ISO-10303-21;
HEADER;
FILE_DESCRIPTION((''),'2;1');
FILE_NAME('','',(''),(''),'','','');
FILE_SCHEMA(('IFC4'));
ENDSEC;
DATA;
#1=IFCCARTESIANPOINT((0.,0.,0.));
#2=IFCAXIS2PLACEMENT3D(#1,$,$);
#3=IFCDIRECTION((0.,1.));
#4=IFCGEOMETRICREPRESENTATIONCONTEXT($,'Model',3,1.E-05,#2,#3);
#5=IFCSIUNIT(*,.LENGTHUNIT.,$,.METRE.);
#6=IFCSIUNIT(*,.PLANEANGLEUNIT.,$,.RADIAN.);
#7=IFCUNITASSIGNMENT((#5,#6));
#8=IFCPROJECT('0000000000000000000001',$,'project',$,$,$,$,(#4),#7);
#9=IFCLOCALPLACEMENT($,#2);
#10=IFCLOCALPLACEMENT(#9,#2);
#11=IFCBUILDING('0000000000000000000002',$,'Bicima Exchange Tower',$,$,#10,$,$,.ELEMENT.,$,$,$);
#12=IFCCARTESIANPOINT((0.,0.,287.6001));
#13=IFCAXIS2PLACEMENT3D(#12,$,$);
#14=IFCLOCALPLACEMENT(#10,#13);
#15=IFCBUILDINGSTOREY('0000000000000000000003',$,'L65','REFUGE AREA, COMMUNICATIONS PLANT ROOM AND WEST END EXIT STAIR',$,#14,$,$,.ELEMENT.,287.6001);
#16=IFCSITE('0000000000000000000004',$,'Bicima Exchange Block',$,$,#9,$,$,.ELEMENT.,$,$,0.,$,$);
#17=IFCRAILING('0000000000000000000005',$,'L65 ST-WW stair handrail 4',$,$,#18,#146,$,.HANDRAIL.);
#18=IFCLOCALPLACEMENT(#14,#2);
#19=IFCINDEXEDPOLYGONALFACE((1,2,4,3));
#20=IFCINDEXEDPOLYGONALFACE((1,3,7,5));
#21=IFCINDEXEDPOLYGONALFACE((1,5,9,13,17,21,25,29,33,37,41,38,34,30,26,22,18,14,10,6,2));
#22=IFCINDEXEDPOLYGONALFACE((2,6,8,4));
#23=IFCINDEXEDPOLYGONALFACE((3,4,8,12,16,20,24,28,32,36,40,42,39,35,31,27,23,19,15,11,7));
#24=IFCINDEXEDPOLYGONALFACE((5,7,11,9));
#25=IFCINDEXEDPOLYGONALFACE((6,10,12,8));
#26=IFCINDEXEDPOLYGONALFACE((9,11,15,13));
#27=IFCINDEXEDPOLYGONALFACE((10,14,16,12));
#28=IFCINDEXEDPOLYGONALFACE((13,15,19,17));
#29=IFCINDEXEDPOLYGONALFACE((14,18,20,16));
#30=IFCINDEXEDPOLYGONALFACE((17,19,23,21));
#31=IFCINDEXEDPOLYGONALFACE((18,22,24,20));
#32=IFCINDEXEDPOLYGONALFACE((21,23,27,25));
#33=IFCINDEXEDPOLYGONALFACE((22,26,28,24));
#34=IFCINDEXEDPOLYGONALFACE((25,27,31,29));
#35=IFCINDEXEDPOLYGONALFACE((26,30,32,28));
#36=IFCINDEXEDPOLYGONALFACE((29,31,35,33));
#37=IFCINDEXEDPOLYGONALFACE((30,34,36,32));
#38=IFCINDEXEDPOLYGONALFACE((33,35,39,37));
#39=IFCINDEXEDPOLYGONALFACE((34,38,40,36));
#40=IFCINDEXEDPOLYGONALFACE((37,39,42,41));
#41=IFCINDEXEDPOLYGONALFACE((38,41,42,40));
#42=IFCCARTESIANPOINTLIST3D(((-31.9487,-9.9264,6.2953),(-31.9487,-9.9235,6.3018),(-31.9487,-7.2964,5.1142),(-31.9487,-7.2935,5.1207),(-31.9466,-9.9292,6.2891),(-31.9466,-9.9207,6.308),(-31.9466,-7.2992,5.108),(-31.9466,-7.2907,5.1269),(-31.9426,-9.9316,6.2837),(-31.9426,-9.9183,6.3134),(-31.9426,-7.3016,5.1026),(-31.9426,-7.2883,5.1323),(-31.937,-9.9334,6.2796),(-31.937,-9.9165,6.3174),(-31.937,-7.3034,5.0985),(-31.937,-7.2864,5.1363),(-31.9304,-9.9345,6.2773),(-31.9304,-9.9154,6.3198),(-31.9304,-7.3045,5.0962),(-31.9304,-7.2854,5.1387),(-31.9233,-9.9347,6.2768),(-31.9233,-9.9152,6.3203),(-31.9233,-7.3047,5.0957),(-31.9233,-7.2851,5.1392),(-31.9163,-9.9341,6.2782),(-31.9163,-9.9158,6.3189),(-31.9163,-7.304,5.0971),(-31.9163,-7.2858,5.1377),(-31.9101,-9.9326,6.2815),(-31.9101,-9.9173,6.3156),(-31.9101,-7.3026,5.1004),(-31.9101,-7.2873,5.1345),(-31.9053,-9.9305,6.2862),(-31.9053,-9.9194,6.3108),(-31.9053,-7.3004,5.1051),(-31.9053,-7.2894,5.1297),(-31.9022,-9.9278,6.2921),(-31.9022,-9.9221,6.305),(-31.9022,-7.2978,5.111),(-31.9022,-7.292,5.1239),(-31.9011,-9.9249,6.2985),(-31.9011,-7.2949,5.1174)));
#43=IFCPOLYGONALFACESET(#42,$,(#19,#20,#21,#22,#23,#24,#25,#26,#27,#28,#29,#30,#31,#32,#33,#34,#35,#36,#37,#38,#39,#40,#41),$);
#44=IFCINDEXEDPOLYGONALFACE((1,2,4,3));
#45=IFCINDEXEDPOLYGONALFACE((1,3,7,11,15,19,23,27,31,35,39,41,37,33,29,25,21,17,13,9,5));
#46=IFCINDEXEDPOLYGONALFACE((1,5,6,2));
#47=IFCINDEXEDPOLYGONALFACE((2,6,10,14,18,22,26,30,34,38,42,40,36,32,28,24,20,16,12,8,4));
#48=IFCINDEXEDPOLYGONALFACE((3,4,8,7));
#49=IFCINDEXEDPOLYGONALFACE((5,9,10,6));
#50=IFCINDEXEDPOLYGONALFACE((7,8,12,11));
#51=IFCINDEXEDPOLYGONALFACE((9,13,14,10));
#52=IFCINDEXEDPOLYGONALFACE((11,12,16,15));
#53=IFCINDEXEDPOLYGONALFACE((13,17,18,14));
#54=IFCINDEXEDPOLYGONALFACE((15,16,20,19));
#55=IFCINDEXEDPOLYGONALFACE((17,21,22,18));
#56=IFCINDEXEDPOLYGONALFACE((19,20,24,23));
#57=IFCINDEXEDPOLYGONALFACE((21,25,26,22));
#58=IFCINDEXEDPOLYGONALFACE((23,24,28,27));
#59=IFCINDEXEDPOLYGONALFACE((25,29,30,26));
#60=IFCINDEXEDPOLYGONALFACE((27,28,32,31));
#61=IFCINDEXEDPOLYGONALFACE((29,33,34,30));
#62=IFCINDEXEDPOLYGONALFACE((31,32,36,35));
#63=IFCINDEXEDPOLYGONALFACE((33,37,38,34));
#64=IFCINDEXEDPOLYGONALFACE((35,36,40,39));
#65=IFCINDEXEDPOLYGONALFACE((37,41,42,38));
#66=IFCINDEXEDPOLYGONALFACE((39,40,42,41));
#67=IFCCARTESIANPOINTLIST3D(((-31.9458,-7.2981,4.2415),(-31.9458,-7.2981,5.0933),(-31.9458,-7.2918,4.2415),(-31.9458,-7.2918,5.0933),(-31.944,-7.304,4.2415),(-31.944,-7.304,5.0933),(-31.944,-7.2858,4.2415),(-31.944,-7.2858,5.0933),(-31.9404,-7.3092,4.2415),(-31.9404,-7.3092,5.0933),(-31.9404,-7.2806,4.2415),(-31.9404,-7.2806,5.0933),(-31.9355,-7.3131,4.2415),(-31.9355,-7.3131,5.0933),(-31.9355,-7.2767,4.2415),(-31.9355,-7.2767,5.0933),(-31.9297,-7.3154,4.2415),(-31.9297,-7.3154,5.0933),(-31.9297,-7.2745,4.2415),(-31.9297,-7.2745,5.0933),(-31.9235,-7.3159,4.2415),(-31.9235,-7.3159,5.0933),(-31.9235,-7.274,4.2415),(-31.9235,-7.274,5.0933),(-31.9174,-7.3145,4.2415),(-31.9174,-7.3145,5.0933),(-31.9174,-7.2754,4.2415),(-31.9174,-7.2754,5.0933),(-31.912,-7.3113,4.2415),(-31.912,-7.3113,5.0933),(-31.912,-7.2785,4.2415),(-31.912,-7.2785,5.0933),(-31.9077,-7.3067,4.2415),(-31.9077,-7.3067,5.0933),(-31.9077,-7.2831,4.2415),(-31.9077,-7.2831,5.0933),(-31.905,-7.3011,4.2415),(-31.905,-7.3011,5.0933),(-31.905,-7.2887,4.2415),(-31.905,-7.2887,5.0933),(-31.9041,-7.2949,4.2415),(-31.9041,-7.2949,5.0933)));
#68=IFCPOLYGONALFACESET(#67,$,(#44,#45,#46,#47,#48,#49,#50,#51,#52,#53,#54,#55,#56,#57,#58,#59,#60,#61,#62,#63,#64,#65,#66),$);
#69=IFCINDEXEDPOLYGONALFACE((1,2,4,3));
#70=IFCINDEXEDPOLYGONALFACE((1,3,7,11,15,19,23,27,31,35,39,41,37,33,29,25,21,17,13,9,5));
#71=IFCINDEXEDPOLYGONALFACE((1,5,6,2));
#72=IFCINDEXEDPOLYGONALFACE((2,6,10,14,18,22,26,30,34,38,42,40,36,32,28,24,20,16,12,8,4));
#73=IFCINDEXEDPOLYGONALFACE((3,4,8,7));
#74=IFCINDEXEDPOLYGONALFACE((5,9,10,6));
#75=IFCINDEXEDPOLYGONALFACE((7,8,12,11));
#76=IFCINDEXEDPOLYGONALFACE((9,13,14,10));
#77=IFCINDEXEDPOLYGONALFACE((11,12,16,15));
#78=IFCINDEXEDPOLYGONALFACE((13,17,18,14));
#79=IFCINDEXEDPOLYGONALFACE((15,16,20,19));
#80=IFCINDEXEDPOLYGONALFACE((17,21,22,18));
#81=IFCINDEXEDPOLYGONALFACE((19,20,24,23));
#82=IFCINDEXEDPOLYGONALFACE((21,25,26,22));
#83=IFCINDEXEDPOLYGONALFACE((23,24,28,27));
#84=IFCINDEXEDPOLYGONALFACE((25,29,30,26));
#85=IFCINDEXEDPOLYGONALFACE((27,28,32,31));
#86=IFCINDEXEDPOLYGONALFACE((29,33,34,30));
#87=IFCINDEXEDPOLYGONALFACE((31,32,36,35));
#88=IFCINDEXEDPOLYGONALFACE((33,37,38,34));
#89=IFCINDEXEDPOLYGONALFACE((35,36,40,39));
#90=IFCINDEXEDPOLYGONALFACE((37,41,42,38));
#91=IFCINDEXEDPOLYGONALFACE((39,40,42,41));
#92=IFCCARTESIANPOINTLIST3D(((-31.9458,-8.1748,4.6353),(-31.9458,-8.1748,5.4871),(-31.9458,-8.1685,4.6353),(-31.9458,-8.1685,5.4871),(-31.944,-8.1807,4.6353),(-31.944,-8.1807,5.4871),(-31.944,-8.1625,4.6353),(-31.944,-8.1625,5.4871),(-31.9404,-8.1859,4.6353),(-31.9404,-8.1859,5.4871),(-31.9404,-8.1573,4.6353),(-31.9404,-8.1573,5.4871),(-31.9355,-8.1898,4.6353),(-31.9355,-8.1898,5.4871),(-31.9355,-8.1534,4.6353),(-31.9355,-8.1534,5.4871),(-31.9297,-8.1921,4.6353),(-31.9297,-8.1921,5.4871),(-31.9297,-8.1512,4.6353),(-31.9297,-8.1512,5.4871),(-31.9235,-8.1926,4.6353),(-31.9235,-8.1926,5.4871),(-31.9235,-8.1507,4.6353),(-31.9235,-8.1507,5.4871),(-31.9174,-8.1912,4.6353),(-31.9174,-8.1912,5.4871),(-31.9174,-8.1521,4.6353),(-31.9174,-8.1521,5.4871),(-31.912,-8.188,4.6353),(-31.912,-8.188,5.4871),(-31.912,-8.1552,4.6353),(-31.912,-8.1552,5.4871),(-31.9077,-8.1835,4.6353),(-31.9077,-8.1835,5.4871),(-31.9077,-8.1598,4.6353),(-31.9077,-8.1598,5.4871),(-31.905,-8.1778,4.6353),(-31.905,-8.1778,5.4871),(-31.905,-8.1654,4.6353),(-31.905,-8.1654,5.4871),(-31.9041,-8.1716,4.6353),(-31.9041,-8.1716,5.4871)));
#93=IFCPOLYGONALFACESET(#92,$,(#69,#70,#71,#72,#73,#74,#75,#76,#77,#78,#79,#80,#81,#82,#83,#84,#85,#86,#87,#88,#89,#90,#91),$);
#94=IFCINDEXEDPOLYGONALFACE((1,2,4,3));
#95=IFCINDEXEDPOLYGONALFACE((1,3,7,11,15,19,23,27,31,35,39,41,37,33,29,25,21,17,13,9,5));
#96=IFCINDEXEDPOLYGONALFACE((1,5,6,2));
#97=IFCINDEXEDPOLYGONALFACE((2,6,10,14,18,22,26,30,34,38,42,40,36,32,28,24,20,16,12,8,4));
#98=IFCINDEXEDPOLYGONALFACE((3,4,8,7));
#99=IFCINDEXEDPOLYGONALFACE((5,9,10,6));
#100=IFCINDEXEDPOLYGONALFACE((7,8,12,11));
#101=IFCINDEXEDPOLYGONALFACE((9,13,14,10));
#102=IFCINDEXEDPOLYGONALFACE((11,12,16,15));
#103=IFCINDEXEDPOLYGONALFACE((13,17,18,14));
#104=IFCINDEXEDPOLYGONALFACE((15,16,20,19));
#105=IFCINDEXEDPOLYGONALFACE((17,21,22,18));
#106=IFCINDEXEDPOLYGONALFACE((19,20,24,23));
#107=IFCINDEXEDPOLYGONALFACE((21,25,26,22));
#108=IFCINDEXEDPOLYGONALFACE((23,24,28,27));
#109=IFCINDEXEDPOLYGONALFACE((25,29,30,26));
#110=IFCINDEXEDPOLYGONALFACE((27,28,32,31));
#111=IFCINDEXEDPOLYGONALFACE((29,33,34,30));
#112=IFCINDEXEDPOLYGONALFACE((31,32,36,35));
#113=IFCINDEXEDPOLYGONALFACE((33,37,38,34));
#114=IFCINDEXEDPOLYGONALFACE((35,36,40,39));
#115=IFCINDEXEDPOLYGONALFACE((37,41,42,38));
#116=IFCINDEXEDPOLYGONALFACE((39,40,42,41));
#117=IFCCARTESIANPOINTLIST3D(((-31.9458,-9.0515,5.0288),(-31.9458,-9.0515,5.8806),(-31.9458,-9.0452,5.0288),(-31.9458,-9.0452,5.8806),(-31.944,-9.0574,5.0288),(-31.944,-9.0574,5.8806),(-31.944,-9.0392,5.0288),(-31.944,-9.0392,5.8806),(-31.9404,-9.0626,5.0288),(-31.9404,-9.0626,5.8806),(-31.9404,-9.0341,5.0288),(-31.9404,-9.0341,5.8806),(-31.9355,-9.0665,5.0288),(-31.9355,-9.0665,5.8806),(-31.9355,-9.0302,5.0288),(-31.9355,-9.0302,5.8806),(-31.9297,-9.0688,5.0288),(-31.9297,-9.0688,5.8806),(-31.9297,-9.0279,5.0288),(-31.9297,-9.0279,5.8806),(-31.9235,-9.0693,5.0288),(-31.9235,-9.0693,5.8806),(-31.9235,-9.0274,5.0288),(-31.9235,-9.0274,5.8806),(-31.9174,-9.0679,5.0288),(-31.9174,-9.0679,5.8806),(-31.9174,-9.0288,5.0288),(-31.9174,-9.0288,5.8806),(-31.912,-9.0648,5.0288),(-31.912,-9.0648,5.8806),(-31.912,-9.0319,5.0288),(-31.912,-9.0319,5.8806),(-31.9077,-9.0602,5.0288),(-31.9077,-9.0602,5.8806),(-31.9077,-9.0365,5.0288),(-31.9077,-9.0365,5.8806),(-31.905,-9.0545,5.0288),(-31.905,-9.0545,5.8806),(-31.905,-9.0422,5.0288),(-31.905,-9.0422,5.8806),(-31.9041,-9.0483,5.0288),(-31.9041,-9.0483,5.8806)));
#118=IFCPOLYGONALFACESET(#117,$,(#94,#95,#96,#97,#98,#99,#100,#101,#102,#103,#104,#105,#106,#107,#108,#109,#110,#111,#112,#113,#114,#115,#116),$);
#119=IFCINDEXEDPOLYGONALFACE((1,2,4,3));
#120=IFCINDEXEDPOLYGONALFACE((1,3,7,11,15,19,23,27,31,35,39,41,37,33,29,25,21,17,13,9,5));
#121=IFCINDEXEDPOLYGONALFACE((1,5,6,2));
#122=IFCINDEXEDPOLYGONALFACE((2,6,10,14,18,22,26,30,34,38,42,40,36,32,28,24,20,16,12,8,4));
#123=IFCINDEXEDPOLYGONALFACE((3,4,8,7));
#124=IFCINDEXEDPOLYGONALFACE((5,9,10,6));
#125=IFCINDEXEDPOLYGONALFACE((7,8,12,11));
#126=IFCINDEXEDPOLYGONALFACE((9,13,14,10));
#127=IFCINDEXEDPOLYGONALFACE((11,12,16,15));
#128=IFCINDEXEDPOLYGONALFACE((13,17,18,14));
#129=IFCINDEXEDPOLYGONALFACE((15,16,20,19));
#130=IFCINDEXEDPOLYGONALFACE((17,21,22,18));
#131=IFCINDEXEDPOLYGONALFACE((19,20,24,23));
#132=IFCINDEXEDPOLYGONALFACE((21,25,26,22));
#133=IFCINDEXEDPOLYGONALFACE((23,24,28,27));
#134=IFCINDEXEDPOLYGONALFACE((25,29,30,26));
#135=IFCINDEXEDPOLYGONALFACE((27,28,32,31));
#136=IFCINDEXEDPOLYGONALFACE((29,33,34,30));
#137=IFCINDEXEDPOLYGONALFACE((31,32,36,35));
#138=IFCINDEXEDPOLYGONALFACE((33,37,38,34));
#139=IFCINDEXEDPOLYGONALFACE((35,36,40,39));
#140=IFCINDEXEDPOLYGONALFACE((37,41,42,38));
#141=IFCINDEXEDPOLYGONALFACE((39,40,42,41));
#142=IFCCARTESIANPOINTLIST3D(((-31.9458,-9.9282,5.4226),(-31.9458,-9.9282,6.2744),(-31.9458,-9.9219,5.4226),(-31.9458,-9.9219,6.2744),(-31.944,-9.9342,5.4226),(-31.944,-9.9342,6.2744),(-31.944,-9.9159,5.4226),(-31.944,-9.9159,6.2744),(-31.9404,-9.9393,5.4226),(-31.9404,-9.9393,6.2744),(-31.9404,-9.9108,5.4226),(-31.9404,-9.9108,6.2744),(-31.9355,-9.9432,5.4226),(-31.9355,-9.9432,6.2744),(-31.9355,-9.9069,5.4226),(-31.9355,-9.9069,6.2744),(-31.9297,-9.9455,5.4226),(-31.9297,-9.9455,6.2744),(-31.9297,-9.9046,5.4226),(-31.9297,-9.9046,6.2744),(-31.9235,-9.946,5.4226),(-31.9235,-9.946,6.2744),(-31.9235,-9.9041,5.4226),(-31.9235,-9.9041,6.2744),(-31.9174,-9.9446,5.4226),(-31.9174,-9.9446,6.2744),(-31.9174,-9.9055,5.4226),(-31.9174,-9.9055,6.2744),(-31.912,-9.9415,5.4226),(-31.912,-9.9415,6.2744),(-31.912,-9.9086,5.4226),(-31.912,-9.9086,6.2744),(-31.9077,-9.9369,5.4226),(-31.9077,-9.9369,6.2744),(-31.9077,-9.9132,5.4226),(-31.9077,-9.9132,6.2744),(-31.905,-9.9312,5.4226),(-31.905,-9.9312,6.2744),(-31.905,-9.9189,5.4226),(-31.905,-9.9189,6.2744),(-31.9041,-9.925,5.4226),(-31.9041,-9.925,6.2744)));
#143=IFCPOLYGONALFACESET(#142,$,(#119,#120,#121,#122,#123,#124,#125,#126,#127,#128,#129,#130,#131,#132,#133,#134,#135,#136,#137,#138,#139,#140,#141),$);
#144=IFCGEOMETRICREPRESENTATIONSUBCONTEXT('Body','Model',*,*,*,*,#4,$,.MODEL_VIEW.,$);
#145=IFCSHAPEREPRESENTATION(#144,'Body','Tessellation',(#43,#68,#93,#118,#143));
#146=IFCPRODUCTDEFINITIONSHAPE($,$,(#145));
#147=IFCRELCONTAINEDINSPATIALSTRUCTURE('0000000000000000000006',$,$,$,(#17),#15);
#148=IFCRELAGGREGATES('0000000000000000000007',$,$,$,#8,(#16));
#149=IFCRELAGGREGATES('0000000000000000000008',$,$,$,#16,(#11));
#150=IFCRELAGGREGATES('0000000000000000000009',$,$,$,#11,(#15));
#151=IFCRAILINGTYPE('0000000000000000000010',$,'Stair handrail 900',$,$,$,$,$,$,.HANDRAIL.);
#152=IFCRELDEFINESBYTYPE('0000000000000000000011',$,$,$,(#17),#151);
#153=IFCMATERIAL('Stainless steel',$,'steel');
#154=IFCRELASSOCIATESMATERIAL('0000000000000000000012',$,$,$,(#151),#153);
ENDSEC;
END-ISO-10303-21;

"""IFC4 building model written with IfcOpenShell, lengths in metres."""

from ifc_helpers import new_model, si_unit, direction, frame, origin, origin_2d, place, context, subcontext, project, spatial, circle, extrude, material, type_object, element, save


model = new_model("IFC4")

# Units and contexts
model_context = context("Model", 3, precision=1e-05, world=origin(), true_north=direction((0.0, 1.0)))
body_context = subcontext(model_context, "Body", "Model", "MODEL_VIEW")
ifc_project = project(units=[si_unit("LENGTHUNIT", "METRE"), si_unit("PLANEANGLEUNIT", "RADIAN")], contexts=[model_context])

# Site, building, storey
site_placement = place(None, origin())
site = spatial("IfcSite", under=ifc_project, at=site_placement, Name="Bicima Exchange Block", CompositionType="ELEMENT", RefElevation=0.0)
building_placement = place(site_placement, origin())
building = spatial("IfcBuilding", under=site, at=building_placement, Name="Bicima Exchange Tower", CompositionType="ELEMENT")
storey_placement = place(building_placement, frame((0.0, 0.0, 287.6001)))
storey = spatial("IfcBuildingStorey", under=building, at=storey_placement, Name="L65", Description="REFUGE AREA, COMMUNICATIONS PLANT ROOM AND WEST END EXIT STAIR", CompositionType="ELEMENT", Elevation=287.6001)

# Railing
ifc_material_1 = material(Name="Stainless steel", Category="steel")
railing_type_1 = type_object("IfcRailingType", Name="Stair handrail 900", PredefinedType="HANDRAIL", material=ifc_material_1)
railing_1_placement = place(storey_placement, frame((-31.925, -7.2949, 4.2415)))
element("IfcRailing", 1, at=railing_1_placement, inside=storey, type_object=railing_type_1, Name="L65 ST-WW stair handrail 4", PredefinedType="HANDRAIL", context=body_context, shape_type="SweptSolid", body=[
    extrude(circle(Radius=0.0239, at=origin_2d()), frame((0.0, 0.0, 0.876), z_axis=(0.0, -0.912233, 0.409671), x_axis=(1.0, 0.0, 0.0)), (0.0, 0.0, 1.0), 2.8831),
    extrude(circle(Radius=0.021, at=origin_2d()), origin(), (0.0, 0.0, 1.0), 0.8518),
    extrude(circle(Radius=0.021, at=origin_2d()), frame((0.0, -0.8767, 0.3938)), (0.0, 0.0, 1.0), 0.8518),
    extrude(circle(Radius=0.021, at=origin_2d()), frame((0.0, -1.7534, 0.7874)), (0.0, 0.0, 1.0), 0.8518),
    extrude(circle(Radius=0.021, at=origin_2d()), frame((0.0, -2.6301, 1.1812)), (0.0, 0.0, 1.0), 0.8518),
])

save(model, "model.ifc")
